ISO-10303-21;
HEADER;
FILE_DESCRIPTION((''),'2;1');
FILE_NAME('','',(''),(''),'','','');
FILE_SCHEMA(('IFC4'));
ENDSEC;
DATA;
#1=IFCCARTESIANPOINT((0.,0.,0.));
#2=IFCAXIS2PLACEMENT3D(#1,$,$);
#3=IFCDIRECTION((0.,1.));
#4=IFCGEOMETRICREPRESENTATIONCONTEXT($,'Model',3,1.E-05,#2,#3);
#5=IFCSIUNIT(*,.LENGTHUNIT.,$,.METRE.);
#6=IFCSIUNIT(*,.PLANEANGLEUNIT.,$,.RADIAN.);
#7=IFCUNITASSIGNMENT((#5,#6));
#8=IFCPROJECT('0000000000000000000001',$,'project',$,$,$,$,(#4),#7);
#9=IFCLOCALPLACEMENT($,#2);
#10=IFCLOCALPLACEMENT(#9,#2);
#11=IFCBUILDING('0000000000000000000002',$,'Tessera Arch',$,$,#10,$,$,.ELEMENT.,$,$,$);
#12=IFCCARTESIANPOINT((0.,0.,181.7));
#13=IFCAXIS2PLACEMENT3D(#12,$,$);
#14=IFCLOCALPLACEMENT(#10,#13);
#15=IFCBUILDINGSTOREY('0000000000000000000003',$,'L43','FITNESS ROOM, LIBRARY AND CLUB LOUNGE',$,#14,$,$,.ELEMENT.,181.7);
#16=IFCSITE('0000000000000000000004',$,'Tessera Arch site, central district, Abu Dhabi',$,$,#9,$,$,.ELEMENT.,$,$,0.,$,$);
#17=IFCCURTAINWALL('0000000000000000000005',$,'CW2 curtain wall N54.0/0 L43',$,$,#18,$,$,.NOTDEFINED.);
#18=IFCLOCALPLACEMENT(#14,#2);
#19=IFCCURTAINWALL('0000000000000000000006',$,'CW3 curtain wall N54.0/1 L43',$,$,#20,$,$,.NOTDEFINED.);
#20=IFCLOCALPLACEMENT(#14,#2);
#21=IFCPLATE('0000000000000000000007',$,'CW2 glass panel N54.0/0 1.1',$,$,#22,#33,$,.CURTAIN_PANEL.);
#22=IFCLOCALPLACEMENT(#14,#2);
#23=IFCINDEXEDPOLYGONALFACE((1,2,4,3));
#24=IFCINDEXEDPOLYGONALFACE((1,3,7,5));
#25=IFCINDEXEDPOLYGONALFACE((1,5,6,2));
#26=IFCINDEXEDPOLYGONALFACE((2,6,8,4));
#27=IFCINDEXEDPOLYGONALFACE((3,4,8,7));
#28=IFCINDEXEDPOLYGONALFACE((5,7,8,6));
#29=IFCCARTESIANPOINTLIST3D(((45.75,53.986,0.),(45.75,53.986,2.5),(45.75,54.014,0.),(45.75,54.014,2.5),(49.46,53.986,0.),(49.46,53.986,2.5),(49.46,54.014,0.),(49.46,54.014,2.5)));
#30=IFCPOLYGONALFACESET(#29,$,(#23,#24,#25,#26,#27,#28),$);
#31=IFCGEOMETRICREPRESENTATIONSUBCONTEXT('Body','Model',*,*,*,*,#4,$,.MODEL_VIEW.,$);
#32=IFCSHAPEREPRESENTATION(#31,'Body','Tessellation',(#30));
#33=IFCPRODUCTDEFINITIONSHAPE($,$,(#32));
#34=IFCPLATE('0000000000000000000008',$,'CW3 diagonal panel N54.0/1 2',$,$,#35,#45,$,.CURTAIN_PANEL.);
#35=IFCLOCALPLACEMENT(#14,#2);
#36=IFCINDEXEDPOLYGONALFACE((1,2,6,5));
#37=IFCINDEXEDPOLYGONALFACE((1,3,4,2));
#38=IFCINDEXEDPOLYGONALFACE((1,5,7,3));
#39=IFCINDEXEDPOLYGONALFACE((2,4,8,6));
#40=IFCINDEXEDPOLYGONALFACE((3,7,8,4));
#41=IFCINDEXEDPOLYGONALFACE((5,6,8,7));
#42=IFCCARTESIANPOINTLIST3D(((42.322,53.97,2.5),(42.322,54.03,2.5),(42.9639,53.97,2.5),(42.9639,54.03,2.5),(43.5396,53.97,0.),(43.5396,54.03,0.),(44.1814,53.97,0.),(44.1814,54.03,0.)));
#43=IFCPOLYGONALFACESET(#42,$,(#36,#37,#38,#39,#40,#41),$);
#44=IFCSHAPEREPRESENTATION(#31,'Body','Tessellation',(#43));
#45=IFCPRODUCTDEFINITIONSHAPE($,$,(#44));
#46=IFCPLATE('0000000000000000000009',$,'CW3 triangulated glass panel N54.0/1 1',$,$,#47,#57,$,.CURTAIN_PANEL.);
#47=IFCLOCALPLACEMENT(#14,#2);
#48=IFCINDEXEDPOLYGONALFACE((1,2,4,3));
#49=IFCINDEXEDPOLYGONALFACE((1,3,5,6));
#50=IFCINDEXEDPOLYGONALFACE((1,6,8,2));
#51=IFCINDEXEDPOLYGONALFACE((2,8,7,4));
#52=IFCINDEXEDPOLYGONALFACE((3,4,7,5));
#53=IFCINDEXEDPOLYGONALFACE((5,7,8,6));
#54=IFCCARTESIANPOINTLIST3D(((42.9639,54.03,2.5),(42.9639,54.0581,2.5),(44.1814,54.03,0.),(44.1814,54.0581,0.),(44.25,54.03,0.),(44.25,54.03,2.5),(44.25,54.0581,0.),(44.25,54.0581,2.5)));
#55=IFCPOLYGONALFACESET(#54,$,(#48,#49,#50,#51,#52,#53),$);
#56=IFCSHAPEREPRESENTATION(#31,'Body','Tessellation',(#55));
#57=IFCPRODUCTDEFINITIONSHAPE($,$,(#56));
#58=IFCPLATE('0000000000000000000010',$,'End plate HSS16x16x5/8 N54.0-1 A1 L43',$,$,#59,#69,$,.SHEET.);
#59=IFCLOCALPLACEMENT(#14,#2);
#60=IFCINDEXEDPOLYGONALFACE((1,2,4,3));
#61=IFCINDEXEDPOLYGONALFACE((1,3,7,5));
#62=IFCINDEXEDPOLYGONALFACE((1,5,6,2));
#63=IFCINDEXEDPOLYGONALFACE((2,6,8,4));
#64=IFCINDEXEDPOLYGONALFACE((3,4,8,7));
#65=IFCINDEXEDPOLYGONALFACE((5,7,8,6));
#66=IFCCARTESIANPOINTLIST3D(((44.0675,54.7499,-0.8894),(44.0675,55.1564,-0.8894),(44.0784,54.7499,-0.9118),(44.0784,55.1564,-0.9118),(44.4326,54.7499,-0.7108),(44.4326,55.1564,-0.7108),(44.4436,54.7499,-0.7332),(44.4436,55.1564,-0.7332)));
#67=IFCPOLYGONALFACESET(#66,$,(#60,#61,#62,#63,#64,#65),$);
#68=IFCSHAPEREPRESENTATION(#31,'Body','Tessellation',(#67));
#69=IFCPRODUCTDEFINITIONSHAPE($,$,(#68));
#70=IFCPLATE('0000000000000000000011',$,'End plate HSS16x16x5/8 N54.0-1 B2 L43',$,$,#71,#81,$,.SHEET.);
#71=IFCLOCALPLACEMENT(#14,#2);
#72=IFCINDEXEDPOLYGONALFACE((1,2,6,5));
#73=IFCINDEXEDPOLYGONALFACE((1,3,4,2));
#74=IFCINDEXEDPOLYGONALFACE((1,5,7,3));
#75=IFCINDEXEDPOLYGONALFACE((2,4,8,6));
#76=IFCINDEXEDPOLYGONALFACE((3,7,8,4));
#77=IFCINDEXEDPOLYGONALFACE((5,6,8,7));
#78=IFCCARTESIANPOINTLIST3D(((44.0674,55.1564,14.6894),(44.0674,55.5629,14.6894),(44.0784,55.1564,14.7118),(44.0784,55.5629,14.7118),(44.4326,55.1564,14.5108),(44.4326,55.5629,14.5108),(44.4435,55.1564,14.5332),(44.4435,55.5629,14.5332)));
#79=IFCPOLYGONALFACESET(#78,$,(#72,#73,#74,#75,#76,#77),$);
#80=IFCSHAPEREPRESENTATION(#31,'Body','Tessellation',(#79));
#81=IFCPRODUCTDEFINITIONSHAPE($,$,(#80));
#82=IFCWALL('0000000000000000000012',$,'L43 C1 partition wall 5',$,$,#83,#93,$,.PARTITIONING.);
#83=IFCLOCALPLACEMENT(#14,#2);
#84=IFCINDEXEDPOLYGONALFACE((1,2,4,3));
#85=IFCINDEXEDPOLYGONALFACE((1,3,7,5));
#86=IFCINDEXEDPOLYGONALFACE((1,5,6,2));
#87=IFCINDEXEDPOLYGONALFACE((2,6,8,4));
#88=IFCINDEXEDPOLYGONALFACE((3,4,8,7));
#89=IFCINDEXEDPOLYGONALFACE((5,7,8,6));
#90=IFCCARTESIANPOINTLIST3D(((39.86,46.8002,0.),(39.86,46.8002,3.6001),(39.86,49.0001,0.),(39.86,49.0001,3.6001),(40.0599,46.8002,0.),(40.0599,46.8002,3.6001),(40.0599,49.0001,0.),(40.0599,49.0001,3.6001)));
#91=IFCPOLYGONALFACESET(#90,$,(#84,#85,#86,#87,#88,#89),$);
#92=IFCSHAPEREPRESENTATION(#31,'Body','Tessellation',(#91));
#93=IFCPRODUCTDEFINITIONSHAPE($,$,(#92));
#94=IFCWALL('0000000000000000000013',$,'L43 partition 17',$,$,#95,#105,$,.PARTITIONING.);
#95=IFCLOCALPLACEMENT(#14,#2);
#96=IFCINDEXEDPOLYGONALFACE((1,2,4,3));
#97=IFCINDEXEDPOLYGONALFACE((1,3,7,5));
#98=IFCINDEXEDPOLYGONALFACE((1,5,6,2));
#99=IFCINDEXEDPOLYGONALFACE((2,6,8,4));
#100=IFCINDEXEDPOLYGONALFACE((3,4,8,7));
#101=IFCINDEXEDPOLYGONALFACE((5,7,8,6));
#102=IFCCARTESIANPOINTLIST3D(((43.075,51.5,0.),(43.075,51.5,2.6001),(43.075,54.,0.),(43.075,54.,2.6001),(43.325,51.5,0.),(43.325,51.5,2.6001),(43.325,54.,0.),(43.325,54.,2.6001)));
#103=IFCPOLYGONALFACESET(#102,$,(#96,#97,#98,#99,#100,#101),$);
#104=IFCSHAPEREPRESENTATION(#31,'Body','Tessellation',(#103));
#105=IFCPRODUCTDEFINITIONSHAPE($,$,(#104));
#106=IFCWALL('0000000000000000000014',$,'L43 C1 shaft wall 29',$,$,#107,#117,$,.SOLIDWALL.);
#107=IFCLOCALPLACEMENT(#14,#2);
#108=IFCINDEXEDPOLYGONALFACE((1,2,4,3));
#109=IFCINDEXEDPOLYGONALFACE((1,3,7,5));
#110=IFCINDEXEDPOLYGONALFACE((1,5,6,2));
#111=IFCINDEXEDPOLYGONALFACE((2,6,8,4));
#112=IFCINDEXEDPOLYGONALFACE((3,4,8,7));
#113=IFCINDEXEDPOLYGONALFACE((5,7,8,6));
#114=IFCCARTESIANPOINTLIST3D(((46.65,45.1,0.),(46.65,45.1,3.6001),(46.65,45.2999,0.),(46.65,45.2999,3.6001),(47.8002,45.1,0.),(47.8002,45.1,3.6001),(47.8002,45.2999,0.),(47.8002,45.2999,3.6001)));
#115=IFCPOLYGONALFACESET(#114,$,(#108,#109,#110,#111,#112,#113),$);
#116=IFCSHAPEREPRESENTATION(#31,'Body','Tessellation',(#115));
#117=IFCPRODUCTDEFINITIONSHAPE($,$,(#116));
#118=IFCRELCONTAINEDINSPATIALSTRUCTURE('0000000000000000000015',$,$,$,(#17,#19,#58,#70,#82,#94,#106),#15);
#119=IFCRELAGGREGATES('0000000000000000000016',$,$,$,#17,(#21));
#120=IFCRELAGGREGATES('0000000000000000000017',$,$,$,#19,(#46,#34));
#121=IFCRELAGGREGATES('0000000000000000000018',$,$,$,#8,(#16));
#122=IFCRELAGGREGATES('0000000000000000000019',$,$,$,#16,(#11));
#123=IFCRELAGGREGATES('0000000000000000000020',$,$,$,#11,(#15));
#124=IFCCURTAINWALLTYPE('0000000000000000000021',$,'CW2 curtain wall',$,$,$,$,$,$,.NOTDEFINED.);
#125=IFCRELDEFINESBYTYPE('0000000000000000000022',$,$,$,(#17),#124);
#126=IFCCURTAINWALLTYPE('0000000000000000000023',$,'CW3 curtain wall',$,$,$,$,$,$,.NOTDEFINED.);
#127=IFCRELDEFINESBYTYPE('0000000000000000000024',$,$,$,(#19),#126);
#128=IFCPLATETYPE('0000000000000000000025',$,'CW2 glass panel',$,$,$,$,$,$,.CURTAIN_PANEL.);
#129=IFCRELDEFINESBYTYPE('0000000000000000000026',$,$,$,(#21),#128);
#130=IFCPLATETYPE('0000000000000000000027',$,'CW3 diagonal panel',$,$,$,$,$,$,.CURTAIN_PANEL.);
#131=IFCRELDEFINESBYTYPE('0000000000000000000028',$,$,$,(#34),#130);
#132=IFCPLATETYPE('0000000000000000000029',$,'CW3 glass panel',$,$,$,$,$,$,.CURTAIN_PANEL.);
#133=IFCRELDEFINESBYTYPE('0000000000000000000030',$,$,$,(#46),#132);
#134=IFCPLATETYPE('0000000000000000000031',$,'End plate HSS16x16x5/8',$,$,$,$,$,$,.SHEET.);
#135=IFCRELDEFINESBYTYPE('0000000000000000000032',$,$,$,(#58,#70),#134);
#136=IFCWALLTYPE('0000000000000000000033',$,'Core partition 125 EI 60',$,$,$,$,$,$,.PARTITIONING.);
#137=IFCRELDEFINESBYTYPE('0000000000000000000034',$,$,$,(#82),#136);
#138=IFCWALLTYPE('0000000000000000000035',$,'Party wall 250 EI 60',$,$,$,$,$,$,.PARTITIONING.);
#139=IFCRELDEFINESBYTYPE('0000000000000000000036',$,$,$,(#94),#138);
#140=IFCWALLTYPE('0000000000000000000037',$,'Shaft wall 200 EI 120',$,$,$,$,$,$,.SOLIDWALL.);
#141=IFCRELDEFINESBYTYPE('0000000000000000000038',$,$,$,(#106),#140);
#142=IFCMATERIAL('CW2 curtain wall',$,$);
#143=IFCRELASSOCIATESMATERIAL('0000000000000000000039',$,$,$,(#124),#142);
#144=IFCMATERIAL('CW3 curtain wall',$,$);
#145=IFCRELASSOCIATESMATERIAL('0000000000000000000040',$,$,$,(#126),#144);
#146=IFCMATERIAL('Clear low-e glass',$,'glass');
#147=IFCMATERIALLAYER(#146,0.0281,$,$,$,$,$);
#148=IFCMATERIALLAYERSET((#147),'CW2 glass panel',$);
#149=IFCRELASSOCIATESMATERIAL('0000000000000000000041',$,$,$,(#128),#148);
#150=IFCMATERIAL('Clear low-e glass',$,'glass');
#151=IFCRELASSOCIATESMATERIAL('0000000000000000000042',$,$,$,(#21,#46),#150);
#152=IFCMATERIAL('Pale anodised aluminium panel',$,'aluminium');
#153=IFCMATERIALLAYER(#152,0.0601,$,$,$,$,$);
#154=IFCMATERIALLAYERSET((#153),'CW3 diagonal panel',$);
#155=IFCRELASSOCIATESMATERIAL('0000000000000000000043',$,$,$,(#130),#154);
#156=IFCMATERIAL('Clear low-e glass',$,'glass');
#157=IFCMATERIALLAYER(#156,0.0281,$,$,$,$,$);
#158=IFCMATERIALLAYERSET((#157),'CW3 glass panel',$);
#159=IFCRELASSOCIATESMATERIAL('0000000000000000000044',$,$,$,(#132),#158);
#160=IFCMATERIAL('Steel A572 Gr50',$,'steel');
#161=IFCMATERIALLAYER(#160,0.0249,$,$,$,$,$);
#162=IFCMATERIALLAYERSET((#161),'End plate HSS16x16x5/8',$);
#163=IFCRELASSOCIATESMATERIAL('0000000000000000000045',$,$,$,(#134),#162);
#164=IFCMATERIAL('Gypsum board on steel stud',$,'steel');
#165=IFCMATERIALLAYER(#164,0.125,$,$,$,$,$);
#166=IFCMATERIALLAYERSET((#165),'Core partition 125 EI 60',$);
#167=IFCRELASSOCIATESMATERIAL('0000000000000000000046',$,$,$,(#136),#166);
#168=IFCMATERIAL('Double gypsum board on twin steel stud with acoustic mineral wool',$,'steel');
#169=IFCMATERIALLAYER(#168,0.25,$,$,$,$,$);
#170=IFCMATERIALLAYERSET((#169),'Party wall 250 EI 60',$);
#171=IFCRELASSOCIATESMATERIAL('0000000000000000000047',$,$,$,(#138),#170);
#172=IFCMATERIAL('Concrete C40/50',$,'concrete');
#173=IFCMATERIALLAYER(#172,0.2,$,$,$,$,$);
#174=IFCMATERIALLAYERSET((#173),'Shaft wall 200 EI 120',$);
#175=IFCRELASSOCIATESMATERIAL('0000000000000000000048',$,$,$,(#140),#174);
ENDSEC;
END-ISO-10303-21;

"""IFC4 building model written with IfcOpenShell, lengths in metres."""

from ifc_helpers import new_model, si_unit, direction, frame, frame_2d, origin, origin_2d, place, context, subcontext, project, spatial, polyline, rectangle, outline, extrude, material, layer, layer_set, type_object, element, aggregate, save


model = new_model("IFC4")

# Units and contexts
model_context = context("Model", 3, precision=1e-05, world=origin(), true_north=direction((0.0, 1.0)))
body_context = subcontext(model_context, "Body", "Model", "MODEL_VIEW")
ifc_project = project(units=[si_unit("LENGTHUNIT", "METRE"), si_unit("PLANEANGLEUNIT", "RADIAN")], contexts=[model_context])

# Site, building, storey
site_placement = place(None, origin())
site = spatial("IfcSite", under=ifc_project, at=site_placement, Name="Tessera Arch site, central district, Abu Dhabi", CompositionType="ELEMENT", RefElevation=0.0)
building_placement = place(site_placement, origin())
building = spatial("IfcBuilding", under=site, at=building_placement, Name="Tessera Arch", CompositionType="ELEMENT")
storey_placement = place(building_placement, frame((0.0, 0.0, 181.7)))
storey = spatial("IfcBuildingStorey", under=building, at=storey_placement, Name="L43", Description="FITNESS ROOM, LIBRARY AND CLUB LOUNGE", CompositionType="ELEMENT", Elevation=181.7)

# Curtain walls
ifc_material_1 = material(Name="CW2 curtain wall")
curtain_wall_type_1 = type_object("IfcCurtainWallType", Name="CW2 curtain wall", PredefinedType="NOTDEFINED", material=ifc_material_1)
curtain_wall_1_placement = place(storey_placement, origin())
curtain_wall_1 = element("IfcCurtainWall", 1, at=curtain_wall_1_placement, inside=storey, type_object=curtain_wall_type_1, Name="CW2 curtain wall N54.0/0 L43", PredefinedType="NOTDEFINED")
ifc_material_2 = material(Name="CW3 curtain wall")
curtain_wall_type_2 = type_object("IfcCurtainWallType", Name="CW3 curtain wall", PredefinedType="NOTDEFINED", material=ifc_material_2)
curtain_wall_2_placement = place(storey_placement, origin())
curtain_wall_2 = element("IfcCurtainWall", 2, at=curtain_wall_2_placement, inside=storey, type_object=curtain_wall_type_2, Name="CW3 curtain wall N54.0/1 L43", PredefinedType="NOTDEFINED")

# Plates
ifc_material_3 = material(Name="Clear low-e glass", Category="glass")
ifc_material_4 = material(Name="Clear low-e glass", Category="glass")
ifc_layer_1 = layer(ifc_material_4, 0.0281)
ifc_layer_set_1 = layer_set([ifc_layer_1], Name="CW2 glass panel")
plate_type_1 = type_object("IfcPlateType", Name="CW2 glass panel", PredefinedType="CURTAIN_PANEL", material=ifc_layer_set_1)
plate_1_placement = place(storey_placement, frame((47.605, 54.0, 0.0), z_axis=(0.0, 0.0, 1.0), x_axis=(-1.0, 0.0, 0.0)))
plate_1 = element("IfcPlate", 3, at=plate_1_placement, type_object=plate_type_1, material=ifc_material_3, Name="CW2 glass panel N54.0/0 1.1", PredefinedType="CURTAIN_PANEL", context=body_context, shape_type="SweptSolid", body=[
    extrude(rectangle(XDim=3.71, YDim=0.0281, at=origin_2d()), origin(), (0.0, 0.0, 1.0), 2.5),
])
aggregate(curtain_wall_1, [plate_1])
ifc_material_5 = material(Name="Pale anodised aluminium panel", Category="aluminium")
ifc_layer_2 = layer(ifc_material_5, 0.0601)
ifc_layer_set_2 = layer_set([ifc_layer_2], Name="CW3 diagonal panel")
plate_type_2 = type_object("IfcPlateType", Name="CW3 diagonal panel", PredefinedType="CURTAIN_PANEL", material=ifc_layer_set_2)
plate_2_placement = place(storey_placement, frame((42.322, 54.03, 2.5), z_axis=(0.0, 1.0, 0.0), x_axis=(1.0, 0.0, 0.0)))
plate_2 = element("IfcPlate", 4, at=plate_2_placement, type_object=plate_type_2, Name="CW3 diagonal panel N54.0/1 2", PredefinedType="CURTAIN_PANEL", context=body_context, shape_type="SweptSolid", body=[
    extrude(outline(polyline([(0.0, 0.0), (0.6418, 0.0), (1.8594, 2.5), (1.2175, 2.5), (0.0, 0.0)])), origin(), (0.0, 0.0, -1.0), 0.0601),
])
ifc_material_6 = material(Name="Clear low-e glass", Category="glass")
ifc_layer_3 = layer(ifc_material_6, 0.0281)
ifc_layer_set_3 = layer_set([ifc_layer_3], Name="CW3 glass panel")
plate_type_3 = type_object("IfcPlateType", Name="CW3 glass panel", PredefinedType="CURTAIN_PANEL", material=ifc_layer_set_3)
plate_3_placement = place(storey_placement, frame((44.25, 54.0581, 0.0), z_axis=(0.0, 1.0, 0.0), x_axis=(-1.0, 0.0, 0.0)))
plate_3 = element("IfcPlate", 5, at=plate_3_placement, type_object=plate_type_3, material=ifc_material_3, Name="CW3 triangulated glass panel N54.0/1 1", PredefinedType="CURTAIN_PANEL", context=body_context, shape_type="SweptSolid", body=[
    extrude(outline(polyline([(0.0, 0.0), (0.0686, 0.0), (1.2861, 2.5), (0.0, 2.5), (0.0, 0.0)])), origin(), (0.0, 0.0, -1.0), 0.0281),
])
aggregate(curtain_wall_2, [plate_3, plate_2])

# Plates
ifc_material_7 = material(Name="Steel A572 Gr50", Category="steel")
ifc_layer_4 = layer(ifc_material_7, 0.0249)
ifc_layer_set_4 = layer_set([ifc_layer_4], Name="End plate HSS16x16x5/8")
plate_type_4 = type_object("IfcPlateType", Name="End plate HSS16x16x5/8", PredefinedType="SHEET", material=ifc_layer_set_4)
for number, where, z_axis, x_axis, name in (
    (6, (44.261, 54.9531, -0.8225), (-0.439385, 0.0, 0.898299), (0.0, -1.0, 0.0), "End plate HSS16x16x5/8 N54.0-1 A1 L43"),
    (7, (44.25, 55.3596, 14.6001), (0.439385, 0.0, 0.898299), (0.0, 1.0, 0.0), "End plate HSS16x16x5/8 N54.0-1 B2 L43"),
):
    element("IfcPlate", number, at=place(storey_placement, frame(where, z_axis=z_axis, x_axis=x_axis)), inside=storey, type_object=plate_type_4, Name=name, PredefinedType="SHEET", context=body_context, shape_type="SweptSolid", body=[
        extrude(rectangle(XDim=0.4065, YDim=0.4065, at=origin_2d()), origin(), (0.0, 0.0, 1.0), 0.0249),
    ])

# Walls
ifc_material_8 = material(Name="Gypsum board on steel stud", Category="steel")
ifc_layer_5 = layer(ifc_material_8, 0.125)
ifc_layer_set_5 = layer_set([ifc_layer_5], Name="Core partition 125 EI 60")
wall_type_1 = type_object("IfcWallType", Name="Core partition 125 EI 60", PredefinedType="PARTITIONING", material=ifc_layer_set_5)
wall_1_placement = place(storey_placement, frame((39.96, 46.8, 0.0), z_axis=(0.0, 0.0, 1.0), x_axis=(0.0, 1.0, 0.0)))
element("IfcWall", 8, at=wall_1_placement, inside=storey, type_object=wall_type_1, Name="L43 C1 partition wall 5", PredefinedType="PARTITIONING", context=body_context, shape_type="SweptSolid", body=[
    extrude(rectangle(XDim=2.2, YDim=0.2, at=frame_2d((1.1001, 0.0))), origin(), (0.0, 0.0, 1.0), 3.6001),
])
ifc_material_9 = material(Name="Double gypsum board on twin steel stud with acoustic mineral wool", Category="steel")
ifc_layer_6 = layer(ifc_material_9, 0.25)
ifc_layer_set_6 = layer_set([ifc_layer_6], Name="Party wall 250 EI 60")
wall_type_2 = type_object("IfcWallType", Name="Party wall 250 EI 60", PredefinedType="PARTITIONING", material=ifc_layer_set_6)
wall_2_placement = place(storey_placement, frame((43.2, 51.5, 0.0), z_axis=(0.0, 0.0, 1.0), x_axis=(0.0, 1.0, 0.0)))
element("IfcWall", 9, at=wall_2_placement, inside=storey, type_object=wall_type_2, Name="L43 partition 17", PredefinedType="PARTITIONING", context=body_context, shape_type="SweptSolid", body=[
    extrude(rectangle(XDim=2.5, YDim=0.25, at=frame_2d((1.25, 0.0))), origin(), (0.0, 0.0, 1.0), 2.6001),
])
ifc_material_10 = material(Name="Concrete C40/50", Category="concrete")
ifc_layer_7 = layer(ifc_material_10, 0.2)
ifc_layer_set_7 = layer_set([ifc_layer_7], Name="Shaft wall 200 EI 120")
wall_type_3 = type_object("IfcWallType", Name="Shaft wall 200 EI 120", PredefinedType="SOLIDWALL", material=ifc_layer_set_7)
wall_3_placement = place(storey_placement, frame((46.6499, 45.2, 0.0), z_axis=(0.0, 0.0, 1.0), x_axis=(1.0, 0.0, 0.0)))
element("IfcWall", 10, at=wall_3_placement, inside=storey, type_object=wall_type_3, Name="L43 C1 shaft wall 29", PredefinedType="SOLIDWALL", context=body_context, shape_type="SweptSolid", body=[
    extrude(rectangle(XDim=1.1501, YDim=0.2, at=frame_2d((0.5752, 0.0))), origin(), (0.0, 0.0, 1.0), 3.6001),
])

save(model, "model.ifc")
